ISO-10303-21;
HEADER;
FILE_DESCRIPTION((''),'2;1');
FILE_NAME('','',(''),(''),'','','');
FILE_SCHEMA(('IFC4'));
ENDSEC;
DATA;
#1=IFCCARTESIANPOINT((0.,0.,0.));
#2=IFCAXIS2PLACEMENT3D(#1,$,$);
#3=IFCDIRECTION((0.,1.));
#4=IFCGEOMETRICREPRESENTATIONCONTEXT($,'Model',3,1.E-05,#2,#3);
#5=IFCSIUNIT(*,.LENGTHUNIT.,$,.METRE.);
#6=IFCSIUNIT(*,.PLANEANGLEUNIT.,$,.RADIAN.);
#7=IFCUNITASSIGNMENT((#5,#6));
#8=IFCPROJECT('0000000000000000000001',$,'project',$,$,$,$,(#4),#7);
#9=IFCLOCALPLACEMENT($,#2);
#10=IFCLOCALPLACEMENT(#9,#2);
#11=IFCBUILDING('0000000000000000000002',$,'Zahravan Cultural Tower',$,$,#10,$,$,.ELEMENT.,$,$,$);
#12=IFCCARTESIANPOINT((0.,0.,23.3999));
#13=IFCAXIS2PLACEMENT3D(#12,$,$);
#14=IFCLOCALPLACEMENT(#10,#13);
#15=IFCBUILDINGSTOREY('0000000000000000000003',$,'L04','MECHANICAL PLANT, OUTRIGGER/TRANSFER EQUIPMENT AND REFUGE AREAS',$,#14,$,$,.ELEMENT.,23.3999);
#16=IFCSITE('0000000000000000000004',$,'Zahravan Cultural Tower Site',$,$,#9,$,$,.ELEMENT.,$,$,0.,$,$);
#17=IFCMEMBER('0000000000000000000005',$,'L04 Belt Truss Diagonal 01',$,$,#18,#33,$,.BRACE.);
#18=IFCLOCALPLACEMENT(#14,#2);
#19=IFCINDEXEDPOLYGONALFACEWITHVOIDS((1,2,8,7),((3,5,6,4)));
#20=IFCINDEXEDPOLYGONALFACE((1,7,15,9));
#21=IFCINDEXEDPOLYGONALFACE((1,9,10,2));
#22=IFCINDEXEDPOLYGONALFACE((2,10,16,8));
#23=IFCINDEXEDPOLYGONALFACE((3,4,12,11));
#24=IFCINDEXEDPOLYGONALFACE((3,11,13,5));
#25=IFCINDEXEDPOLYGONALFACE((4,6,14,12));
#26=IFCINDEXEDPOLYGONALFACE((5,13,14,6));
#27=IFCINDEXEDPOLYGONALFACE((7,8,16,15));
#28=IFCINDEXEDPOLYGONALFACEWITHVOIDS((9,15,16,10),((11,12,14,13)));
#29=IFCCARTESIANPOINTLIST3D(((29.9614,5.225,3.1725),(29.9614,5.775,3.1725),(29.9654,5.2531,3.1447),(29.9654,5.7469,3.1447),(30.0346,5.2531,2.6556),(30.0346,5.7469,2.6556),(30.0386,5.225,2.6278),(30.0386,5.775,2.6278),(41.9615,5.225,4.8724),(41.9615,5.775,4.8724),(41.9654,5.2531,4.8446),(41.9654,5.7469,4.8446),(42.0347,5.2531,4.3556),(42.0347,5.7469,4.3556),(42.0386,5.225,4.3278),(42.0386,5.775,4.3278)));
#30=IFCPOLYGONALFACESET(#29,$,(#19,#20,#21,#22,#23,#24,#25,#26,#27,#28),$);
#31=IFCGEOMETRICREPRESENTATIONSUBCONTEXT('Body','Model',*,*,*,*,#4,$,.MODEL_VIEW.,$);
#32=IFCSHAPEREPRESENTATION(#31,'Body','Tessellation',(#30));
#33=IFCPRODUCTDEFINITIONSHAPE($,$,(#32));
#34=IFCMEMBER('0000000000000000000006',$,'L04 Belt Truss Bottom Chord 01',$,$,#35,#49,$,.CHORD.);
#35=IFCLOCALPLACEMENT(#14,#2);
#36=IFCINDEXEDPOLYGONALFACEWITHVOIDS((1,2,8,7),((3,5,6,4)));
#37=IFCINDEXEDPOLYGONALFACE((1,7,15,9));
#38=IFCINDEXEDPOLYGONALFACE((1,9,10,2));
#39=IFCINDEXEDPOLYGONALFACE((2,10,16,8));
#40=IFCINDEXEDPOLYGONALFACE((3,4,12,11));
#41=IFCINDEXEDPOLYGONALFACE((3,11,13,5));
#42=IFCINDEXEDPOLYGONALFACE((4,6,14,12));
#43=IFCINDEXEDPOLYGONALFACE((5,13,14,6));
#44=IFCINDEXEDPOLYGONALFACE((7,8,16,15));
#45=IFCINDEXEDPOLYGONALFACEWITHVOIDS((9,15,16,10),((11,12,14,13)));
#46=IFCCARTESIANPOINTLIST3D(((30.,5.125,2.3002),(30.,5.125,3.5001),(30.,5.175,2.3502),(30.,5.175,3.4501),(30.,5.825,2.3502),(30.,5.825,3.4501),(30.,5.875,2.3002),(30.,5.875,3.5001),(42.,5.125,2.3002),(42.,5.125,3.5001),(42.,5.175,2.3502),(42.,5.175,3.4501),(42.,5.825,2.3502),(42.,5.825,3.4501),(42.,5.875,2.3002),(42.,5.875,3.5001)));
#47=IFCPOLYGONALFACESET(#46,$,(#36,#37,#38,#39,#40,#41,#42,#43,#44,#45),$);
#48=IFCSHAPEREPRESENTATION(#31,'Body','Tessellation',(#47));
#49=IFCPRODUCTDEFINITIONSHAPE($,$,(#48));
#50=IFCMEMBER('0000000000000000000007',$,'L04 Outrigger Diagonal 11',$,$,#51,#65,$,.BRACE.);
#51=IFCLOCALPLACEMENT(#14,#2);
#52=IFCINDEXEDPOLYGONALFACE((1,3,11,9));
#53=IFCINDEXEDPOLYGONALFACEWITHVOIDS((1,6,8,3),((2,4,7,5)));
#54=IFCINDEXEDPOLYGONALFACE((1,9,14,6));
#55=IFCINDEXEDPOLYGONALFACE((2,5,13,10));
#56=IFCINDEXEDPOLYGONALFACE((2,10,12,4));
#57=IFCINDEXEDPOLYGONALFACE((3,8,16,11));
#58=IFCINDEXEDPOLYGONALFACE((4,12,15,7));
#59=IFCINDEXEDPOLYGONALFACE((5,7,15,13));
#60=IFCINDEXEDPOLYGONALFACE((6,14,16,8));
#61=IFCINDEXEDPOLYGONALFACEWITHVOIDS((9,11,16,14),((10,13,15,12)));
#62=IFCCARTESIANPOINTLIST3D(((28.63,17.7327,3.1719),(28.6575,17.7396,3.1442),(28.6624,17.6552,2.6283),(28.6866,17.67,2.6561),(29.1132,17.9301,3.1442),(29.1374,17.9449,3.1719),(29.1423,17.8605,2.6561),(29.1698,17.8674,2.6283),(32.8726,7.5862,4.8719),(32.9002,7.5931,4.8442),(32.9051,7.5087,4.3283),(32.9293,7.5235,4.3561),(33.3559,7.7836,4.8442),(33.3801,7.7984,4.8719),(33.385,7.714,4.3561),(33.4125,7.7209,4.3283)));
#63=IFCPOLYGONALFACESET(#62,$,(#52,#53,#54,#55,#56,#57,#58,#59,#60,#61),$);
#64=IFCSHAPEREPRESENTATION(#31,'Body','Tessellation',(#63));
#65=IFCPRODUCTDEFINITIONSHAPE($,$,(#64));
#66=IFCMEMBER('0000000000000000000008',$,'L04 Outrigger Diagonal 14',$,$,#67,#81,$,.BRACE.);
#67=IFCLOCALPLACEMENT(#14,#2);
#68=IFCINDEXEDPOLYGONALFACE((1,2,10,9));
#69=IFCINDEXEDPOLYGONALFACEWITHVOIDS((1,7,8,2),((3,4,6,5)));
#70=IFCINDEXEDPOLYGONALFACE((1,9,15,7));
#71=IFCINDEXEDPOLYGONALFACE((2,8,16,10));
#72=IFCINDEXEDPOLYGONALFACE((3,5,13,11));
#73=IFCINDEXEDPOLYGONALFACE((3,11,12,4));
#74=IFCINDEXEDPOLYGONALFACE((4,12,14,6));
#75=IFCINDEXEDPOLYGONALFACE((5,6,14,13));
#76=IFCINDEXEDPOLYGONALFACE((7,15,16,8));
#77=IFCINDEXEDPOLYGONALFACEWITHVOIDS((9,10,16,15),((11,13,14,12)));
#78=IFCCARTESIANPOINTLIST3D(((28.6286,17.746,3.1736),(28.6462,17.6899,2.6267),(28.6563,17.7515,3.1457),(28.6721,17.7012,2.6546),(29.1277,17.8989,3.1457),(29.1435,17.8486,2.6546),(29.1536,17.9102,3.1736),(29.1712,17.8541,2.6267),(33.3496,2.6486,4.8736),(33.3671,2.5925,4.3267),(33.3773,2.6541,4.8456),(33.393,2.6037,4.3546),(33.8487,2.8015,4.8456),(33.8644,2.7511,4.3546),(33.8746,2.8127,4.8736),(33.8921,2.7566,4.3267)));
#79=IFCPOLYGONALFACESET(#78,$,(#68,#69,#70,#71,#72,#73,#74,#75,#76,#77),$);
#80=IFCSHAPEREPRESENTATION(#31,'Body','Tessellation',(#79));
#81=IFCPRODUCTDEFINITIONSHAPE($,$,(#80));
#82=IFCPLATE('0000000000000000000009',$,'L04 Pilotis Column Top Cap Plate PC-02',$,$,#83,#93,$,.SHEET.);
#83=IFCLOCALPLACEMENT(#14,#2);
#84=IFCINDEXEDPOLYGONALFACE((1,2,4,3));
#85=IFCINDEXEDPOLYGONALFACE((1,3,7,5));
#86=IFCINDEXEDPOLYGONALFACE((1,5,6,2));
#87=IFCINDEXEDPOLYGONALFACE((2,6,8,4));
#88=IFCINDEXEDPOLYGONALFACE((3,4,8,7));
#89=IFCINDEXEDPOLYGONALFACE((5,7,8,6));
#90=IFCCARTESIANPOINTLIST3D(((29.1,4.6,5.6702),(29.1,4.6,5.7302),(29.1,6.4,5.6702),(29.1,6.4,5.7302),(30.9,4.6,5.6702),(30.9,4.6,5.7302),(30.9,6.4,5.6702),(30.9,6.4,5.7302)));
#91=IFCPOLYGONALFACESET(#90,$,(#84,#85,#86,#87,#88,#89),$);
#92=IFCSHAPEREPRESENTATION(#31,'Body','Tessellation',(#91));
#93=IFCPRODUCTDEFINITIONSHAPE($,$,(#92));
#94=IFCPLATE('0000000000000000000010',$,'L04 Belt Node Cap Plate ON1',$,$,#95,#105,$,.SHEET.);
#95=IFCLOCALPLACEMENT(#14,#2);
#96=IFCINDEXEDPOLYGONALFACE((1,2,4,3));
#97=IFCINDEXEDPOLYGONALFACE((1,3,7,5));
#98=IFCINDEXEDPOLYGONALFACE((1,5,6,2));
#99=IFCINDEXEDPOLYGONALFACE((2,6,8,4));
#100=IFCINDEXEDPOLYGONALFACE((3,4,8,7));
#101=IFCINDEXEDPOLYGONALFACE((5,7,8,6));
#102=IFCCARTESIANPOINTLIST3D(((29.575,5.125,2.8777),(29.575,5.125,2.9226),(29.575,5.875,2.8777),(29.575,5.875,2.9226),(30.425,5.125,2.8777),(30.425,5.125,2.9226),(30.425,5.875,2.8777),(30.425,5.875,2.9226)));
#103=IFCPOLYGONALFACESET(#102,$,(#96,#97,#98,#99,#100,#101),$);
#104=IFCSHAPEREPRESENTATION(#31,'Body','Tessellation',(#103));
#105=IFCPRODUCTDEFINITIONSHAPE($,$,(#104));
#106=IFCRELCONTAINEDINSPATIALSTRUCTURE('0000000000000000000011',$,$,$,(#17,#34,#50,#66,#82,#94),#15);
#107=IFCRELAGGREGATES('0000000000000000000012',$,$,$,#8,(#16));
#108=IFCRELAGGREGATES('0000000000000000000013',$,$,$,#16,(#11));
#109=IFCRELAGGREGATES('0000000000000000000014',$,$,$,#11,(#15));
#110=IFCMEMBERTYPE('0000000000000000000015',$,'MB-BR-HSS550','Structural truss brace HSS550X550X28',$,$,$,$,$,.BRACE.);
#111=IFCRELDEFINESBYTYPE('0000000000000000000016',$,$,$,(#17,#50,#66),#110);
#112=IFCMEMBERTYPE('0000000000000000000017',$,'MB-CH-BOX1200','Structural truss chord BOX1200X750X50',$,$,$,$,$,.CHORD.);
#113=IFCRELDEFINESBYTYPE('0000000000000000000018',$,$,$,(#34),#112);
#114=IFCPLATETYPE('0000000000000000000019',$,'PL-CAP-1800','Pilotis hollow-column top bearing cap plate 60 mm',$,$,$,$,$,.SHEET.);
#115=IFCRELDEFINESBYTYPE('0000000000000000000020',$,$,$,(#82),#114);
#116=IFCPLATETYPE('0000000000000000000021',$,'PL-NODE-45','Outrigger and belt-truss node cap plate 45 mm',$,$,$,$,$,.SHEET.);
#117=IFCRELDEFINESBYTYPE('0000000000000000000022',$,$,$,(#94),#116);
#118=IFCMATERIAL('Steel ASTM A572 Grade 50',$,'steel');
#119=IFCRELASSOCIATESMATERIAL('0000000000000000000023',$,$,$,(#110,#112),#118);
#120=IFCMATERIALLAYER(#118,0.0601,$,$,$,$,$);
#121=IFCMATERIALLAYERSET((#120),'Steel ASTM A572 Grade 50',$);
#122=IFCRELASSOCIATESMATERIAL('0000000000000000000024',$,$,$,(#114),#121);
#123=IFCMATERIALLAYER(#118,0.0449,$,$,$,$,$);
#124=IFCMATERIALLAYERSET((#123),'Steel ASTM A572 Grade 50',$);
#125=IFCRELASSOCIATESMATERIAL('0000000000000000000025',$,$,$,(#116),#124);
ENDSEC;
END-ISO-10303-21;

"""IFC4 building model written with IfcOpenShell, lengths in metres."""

from ifc_helpers import new_model, si_unit, direction, frame, origin, origin_2d, place, context, subcontext, project, spatial, rectangle, hollow_rectangle, extrude, source, transform, mapped, material, layer, layer_set, material_profile, profile_set, type_object, element, save


model = new_model("IFC4")

# Units and contexts
model_context = context("Model", 3, precision=1e-05, world=origin(), true_north=direction((0.0, 1.0)))
body_context = subcontext(model_context, "Body", "Model", "MODEL_VIEW")
ifc_project = project(units=[si_unit("LENGTHUNIT", "METRE"), si_unit("PLANEANGLEUNIT", "RADIAN")], contexts=[model_context])

# Site, building, storey
site_placement = place(None, origin())
site = spatial("IfcSite", under=ifc_project, at=site_placement, Name="Zahravan Cultural Tower Site", CompositionType="ELEMENT", RefElevation=0.0)
building_placement = place(site_placement, origin())
building = spatial("IfcBuilding", under=site, at=building_placement, Name="Zahravan Cultural Tower", CompositionType="ELEMENT")
storey_placement = place(building_placement, frame((0.0, 0.0, 23.3999)))
storey = spatial("IfcBuildingStorey", under=building, at=storey_placement, Name="L04", Description="MECHANICAL PLANT, OUTRIGGER/TRANSFER EQUIPMENT AND REFUGE AREAS", CompositionType="ELEMENT", Elevation=23.3999)

# Shared definitions
ifc_material_1 = material(Name="Steel ASTM A572 Grade 50", Category="steel")

# Members
ifc_material_profile_1 = material_profile(ifc_material_1, hollow_rectangle(XDim=0.55, YDim=0.55, WallThickness=0.0281, at=origin_2d()), Name="HSS550X550X28")
ifc_profile_set_1 = profile_set([ifc_material_profile_1], Name="Steel ASTM A572 Grade 50")
member_type_1 = type_object("IfcMemberType", Name="MB-BR-HSS550", Description="Structural truss brace HSS550X550X28", PredefinedType="BRACE", material=ifc_profile_set_1)
shared_shape_1 = source(origin(), body_context, "Body", "SweptSolid", [
    extrude(hollow_rectangle(XDim=0.55, YDim=0.55, WallThickness=0.0281, at=origin_2d()), origin(), (0.0, 0.0, 1.0), 12.1199),
])
member_1_placement = place(storey_placement, frame((30.0, 5.5, 2.9001), z_axis=(0.990114, 0.0, 0.140262), x_axis=(0.0, 1.0, 0.0)))
element("IfcMember", 1, at=member_1_placement, inside=storey, type_object=member_type_1, Name="L04 Belt Truss Diagonal 01", PredefinedType="BRACE", context=body_context, shape_type="MappedRepresentation", body=[
    mapped(shared_shape_1, transform((0.0, 0.0, 0.0), x_axis=(1.0, 0.0, 0.0), y_axis=(0.0, 1.0, 0.0), z_axis=(0.0, 0.0, 1.0), scale=1.0)),
])
ifc_material_profile_2 = material_profile(ifc_material_1, hollow_rectangle(XDim=0.75, YDim=1.2, WallThickness=0.05, at=origin_2d()), Name="BOX1200X750X50")
ifc_profile_set_2 = profile_set([ifc_material_profile_2], Name="Steel ASTM A572 Grade 50")
member_type_2 = type_object("IfcMemberType", Name="MB-CH-BOX1200", Description="Structural truss chord BOX1200X750X50", PredefinedType="CHORD", material=ifc_profile_set_2)
shared_shape_2 = source(origin(), body_context, "Body", "SweptSolid", [
    extrude(hollow_rectangle(XDim=0.75, YDim=1.2, WallThickness=0.05, at=origin_2d()), origin(), (0.0, 0.0, 1.0), 12.0),
])
member_2_placement = place(storey_placement, frame((30.0, 5.5, 2.9001), z_axis=(1.0, 0.0, 0.0), x_axis=(0.0, 1.0, 0.0)))
element("IfcMember", 2, at=member_2_placement, inside=storey, type_object=member_type_2, Name="L04 Belt Truss Bottom Chord 01", PredefinedType="CHORD", context=body_context, shape_type="MappedRepresentation", body=[
    mapped(shared_shape_2, transform((0.0, 0.0, 0.0), x_axis=(1.0, 0.0, 0.0), y_axis=(0.0, 1.0, 0.0), z_axis=(0.0, 0.0, 1.0), scale=1.0)),
])
shared_shape_3 = source(origin(), body_context, "Body", "SweptSolid", [
    extrude(hollow_rectangle(XDim=0.55, YDim=0.55, WallThickness=0.0281, at=origin_2d()), origin(), (0.0, 0.0, 1.0), 11.1284),
])
member_3_placement = place(storey_placement, frame((28.8999, 17.8, 2.9001), z_axis=(0.381248, -0.911765, 0.152758), x_axis=(0.922593, 0.385775, 0.0)))
element("IfcMember", 3, at=member_3_placement, inside=storey, type_object=member_type_1, Name="L04 Outrigger Diagonal 11", PredefinedType="BRACE", context=body_context, shape_type="MappedRepresentation", body=[
    mapped(shared_shape_3, transform((0.0, 0.0, 0.0), x_axis=(1.0, 0.0, 0.0), y_axis=(0.0, 1.0, 0.0), z_axis=(0.0, 0.0, 1.0), scale=1.0)),
])
shared_shape_4 = source(origin(), body_context, "Body", "SweptSolid", [
    extrude(hollow_rectangle(XDim=0.55, YDim=0.55, WallThickness=0.0281, at=origin_2d()), origin(), (0.0, 0.0, 1.0), 15.9094),
])
member_4_placement = place(storey_placement, frame((28.8999, 17.8, 2.9001), z_axis=(0.296739, -0.948962, 0.106852), x_axis=(0.954426, 0.298448, 0.0)))
element("IfcMember", 4, at=member_4_placement, inside=storey, type_object=member_type_1, Name="L04 Outrigger Diagonal 14", PredefinedType="BRACE", context=body_context, shape_type="MappedRepresentation", body=[
    mapped(shared_shape_4, transform((0.0, 0.0, 0.0), x_axis=(1.0, 0.0, 0.0), y_axis=(0.0, 1.0, 0.0), z_axis=(0.0, 0.0, 1.0), scale=1.0)),
])

# Plates
ifc_layer_1 = layer(ifc_material_1, 0.0601)
ifc_layer_set_1 = layer_set([ifc_layer_1], Name="Steel ASTM A572 Grade 50")
plate_type_1 = type_object("IfcPlateType", Name="PL-CAP-1800", Description="Pilotis hollow-column top bearing cap plate 60 mm", PredefinedType="SHEET", material=ifc_layer_set_1)
shared_shape_5 = source(origin(), body_context, "Body", "SweptSolid", [
    extrude(rectangle(XDim=1.8, YDim=1.8, at=origin_2d()), origin(), (0.0, 0.0, 1.0), 0.0601),
])
plate_1_placement = place(storey_placement, frame((30.0, 5.5, 5.6702), z_axis=(0.0, 0.0, 1.0), x_axis=(1.0, 0.0, 0.0)))
element("IfcPlate", 5, at=plate_1_placement, inside=storey, type_object=plate_type_1, Name="L04 Pilotis Column Top Cap Plate PC-02", PredefinedType="SHEET", context=body_context, shape_type="MappedRepresentation", body=[
    mapped(shared_shape_5, transform((0.0, 0.0, 0.0), x_axis=(1.0, 0.0, 0.0), y_axis=(0.0, 1.0, 0.0), z_axis=(0.0, 0.0, 1.0), scale=1.0)),
])
ifc_layer_2 = layer(ifc_material_1, 0.0449)
ifc_layer_set_2 = layer_set([ifc_layer_2], Name="Steel ASTM A572 Grade 50")
plate_type_2 = type_object("IfcPlateType", Name="PL-NODE-45", Description="Outrigger and belt-truss node cap plate 45 mm", PredefinedType="SHEET", material=ifc_layer_set_2)
shared_shape_6 = source(origin(), body_context, "Body", "SweptSolid", [
    extrude(rectangle(XDim=0.8501, YDim=0.75, at=origin_2d()), origin(), (0.0, 0.0, 1.0), 0.0449),
])
plate_2_placement = place(storey_placement, frame((30.0, 5.5, 2.8777), z_axis=(0.0, 0.0, 1.0), x_axis=(1.0, 0.0, 0.0)))
element("IfcPlate", 6, at=plate_2_placement, inside=storey, type_object=plate_type_2, Name="L04 Belt Node Cap Plate ON1", PredefinedType="SHEET", context=body_context, shape_type="MappedRepresentation", body=[
    mapped(shared_shape_6, transform((0.0, 0.0, 0.0), x_axis=(1.0, 0.0, 0.0), y_axis=(0.0, 1.0, 0.0), z_axis=(0.0, 0.0, 1.0), scale=1.0)),
])

save(model, "model.ifc")
